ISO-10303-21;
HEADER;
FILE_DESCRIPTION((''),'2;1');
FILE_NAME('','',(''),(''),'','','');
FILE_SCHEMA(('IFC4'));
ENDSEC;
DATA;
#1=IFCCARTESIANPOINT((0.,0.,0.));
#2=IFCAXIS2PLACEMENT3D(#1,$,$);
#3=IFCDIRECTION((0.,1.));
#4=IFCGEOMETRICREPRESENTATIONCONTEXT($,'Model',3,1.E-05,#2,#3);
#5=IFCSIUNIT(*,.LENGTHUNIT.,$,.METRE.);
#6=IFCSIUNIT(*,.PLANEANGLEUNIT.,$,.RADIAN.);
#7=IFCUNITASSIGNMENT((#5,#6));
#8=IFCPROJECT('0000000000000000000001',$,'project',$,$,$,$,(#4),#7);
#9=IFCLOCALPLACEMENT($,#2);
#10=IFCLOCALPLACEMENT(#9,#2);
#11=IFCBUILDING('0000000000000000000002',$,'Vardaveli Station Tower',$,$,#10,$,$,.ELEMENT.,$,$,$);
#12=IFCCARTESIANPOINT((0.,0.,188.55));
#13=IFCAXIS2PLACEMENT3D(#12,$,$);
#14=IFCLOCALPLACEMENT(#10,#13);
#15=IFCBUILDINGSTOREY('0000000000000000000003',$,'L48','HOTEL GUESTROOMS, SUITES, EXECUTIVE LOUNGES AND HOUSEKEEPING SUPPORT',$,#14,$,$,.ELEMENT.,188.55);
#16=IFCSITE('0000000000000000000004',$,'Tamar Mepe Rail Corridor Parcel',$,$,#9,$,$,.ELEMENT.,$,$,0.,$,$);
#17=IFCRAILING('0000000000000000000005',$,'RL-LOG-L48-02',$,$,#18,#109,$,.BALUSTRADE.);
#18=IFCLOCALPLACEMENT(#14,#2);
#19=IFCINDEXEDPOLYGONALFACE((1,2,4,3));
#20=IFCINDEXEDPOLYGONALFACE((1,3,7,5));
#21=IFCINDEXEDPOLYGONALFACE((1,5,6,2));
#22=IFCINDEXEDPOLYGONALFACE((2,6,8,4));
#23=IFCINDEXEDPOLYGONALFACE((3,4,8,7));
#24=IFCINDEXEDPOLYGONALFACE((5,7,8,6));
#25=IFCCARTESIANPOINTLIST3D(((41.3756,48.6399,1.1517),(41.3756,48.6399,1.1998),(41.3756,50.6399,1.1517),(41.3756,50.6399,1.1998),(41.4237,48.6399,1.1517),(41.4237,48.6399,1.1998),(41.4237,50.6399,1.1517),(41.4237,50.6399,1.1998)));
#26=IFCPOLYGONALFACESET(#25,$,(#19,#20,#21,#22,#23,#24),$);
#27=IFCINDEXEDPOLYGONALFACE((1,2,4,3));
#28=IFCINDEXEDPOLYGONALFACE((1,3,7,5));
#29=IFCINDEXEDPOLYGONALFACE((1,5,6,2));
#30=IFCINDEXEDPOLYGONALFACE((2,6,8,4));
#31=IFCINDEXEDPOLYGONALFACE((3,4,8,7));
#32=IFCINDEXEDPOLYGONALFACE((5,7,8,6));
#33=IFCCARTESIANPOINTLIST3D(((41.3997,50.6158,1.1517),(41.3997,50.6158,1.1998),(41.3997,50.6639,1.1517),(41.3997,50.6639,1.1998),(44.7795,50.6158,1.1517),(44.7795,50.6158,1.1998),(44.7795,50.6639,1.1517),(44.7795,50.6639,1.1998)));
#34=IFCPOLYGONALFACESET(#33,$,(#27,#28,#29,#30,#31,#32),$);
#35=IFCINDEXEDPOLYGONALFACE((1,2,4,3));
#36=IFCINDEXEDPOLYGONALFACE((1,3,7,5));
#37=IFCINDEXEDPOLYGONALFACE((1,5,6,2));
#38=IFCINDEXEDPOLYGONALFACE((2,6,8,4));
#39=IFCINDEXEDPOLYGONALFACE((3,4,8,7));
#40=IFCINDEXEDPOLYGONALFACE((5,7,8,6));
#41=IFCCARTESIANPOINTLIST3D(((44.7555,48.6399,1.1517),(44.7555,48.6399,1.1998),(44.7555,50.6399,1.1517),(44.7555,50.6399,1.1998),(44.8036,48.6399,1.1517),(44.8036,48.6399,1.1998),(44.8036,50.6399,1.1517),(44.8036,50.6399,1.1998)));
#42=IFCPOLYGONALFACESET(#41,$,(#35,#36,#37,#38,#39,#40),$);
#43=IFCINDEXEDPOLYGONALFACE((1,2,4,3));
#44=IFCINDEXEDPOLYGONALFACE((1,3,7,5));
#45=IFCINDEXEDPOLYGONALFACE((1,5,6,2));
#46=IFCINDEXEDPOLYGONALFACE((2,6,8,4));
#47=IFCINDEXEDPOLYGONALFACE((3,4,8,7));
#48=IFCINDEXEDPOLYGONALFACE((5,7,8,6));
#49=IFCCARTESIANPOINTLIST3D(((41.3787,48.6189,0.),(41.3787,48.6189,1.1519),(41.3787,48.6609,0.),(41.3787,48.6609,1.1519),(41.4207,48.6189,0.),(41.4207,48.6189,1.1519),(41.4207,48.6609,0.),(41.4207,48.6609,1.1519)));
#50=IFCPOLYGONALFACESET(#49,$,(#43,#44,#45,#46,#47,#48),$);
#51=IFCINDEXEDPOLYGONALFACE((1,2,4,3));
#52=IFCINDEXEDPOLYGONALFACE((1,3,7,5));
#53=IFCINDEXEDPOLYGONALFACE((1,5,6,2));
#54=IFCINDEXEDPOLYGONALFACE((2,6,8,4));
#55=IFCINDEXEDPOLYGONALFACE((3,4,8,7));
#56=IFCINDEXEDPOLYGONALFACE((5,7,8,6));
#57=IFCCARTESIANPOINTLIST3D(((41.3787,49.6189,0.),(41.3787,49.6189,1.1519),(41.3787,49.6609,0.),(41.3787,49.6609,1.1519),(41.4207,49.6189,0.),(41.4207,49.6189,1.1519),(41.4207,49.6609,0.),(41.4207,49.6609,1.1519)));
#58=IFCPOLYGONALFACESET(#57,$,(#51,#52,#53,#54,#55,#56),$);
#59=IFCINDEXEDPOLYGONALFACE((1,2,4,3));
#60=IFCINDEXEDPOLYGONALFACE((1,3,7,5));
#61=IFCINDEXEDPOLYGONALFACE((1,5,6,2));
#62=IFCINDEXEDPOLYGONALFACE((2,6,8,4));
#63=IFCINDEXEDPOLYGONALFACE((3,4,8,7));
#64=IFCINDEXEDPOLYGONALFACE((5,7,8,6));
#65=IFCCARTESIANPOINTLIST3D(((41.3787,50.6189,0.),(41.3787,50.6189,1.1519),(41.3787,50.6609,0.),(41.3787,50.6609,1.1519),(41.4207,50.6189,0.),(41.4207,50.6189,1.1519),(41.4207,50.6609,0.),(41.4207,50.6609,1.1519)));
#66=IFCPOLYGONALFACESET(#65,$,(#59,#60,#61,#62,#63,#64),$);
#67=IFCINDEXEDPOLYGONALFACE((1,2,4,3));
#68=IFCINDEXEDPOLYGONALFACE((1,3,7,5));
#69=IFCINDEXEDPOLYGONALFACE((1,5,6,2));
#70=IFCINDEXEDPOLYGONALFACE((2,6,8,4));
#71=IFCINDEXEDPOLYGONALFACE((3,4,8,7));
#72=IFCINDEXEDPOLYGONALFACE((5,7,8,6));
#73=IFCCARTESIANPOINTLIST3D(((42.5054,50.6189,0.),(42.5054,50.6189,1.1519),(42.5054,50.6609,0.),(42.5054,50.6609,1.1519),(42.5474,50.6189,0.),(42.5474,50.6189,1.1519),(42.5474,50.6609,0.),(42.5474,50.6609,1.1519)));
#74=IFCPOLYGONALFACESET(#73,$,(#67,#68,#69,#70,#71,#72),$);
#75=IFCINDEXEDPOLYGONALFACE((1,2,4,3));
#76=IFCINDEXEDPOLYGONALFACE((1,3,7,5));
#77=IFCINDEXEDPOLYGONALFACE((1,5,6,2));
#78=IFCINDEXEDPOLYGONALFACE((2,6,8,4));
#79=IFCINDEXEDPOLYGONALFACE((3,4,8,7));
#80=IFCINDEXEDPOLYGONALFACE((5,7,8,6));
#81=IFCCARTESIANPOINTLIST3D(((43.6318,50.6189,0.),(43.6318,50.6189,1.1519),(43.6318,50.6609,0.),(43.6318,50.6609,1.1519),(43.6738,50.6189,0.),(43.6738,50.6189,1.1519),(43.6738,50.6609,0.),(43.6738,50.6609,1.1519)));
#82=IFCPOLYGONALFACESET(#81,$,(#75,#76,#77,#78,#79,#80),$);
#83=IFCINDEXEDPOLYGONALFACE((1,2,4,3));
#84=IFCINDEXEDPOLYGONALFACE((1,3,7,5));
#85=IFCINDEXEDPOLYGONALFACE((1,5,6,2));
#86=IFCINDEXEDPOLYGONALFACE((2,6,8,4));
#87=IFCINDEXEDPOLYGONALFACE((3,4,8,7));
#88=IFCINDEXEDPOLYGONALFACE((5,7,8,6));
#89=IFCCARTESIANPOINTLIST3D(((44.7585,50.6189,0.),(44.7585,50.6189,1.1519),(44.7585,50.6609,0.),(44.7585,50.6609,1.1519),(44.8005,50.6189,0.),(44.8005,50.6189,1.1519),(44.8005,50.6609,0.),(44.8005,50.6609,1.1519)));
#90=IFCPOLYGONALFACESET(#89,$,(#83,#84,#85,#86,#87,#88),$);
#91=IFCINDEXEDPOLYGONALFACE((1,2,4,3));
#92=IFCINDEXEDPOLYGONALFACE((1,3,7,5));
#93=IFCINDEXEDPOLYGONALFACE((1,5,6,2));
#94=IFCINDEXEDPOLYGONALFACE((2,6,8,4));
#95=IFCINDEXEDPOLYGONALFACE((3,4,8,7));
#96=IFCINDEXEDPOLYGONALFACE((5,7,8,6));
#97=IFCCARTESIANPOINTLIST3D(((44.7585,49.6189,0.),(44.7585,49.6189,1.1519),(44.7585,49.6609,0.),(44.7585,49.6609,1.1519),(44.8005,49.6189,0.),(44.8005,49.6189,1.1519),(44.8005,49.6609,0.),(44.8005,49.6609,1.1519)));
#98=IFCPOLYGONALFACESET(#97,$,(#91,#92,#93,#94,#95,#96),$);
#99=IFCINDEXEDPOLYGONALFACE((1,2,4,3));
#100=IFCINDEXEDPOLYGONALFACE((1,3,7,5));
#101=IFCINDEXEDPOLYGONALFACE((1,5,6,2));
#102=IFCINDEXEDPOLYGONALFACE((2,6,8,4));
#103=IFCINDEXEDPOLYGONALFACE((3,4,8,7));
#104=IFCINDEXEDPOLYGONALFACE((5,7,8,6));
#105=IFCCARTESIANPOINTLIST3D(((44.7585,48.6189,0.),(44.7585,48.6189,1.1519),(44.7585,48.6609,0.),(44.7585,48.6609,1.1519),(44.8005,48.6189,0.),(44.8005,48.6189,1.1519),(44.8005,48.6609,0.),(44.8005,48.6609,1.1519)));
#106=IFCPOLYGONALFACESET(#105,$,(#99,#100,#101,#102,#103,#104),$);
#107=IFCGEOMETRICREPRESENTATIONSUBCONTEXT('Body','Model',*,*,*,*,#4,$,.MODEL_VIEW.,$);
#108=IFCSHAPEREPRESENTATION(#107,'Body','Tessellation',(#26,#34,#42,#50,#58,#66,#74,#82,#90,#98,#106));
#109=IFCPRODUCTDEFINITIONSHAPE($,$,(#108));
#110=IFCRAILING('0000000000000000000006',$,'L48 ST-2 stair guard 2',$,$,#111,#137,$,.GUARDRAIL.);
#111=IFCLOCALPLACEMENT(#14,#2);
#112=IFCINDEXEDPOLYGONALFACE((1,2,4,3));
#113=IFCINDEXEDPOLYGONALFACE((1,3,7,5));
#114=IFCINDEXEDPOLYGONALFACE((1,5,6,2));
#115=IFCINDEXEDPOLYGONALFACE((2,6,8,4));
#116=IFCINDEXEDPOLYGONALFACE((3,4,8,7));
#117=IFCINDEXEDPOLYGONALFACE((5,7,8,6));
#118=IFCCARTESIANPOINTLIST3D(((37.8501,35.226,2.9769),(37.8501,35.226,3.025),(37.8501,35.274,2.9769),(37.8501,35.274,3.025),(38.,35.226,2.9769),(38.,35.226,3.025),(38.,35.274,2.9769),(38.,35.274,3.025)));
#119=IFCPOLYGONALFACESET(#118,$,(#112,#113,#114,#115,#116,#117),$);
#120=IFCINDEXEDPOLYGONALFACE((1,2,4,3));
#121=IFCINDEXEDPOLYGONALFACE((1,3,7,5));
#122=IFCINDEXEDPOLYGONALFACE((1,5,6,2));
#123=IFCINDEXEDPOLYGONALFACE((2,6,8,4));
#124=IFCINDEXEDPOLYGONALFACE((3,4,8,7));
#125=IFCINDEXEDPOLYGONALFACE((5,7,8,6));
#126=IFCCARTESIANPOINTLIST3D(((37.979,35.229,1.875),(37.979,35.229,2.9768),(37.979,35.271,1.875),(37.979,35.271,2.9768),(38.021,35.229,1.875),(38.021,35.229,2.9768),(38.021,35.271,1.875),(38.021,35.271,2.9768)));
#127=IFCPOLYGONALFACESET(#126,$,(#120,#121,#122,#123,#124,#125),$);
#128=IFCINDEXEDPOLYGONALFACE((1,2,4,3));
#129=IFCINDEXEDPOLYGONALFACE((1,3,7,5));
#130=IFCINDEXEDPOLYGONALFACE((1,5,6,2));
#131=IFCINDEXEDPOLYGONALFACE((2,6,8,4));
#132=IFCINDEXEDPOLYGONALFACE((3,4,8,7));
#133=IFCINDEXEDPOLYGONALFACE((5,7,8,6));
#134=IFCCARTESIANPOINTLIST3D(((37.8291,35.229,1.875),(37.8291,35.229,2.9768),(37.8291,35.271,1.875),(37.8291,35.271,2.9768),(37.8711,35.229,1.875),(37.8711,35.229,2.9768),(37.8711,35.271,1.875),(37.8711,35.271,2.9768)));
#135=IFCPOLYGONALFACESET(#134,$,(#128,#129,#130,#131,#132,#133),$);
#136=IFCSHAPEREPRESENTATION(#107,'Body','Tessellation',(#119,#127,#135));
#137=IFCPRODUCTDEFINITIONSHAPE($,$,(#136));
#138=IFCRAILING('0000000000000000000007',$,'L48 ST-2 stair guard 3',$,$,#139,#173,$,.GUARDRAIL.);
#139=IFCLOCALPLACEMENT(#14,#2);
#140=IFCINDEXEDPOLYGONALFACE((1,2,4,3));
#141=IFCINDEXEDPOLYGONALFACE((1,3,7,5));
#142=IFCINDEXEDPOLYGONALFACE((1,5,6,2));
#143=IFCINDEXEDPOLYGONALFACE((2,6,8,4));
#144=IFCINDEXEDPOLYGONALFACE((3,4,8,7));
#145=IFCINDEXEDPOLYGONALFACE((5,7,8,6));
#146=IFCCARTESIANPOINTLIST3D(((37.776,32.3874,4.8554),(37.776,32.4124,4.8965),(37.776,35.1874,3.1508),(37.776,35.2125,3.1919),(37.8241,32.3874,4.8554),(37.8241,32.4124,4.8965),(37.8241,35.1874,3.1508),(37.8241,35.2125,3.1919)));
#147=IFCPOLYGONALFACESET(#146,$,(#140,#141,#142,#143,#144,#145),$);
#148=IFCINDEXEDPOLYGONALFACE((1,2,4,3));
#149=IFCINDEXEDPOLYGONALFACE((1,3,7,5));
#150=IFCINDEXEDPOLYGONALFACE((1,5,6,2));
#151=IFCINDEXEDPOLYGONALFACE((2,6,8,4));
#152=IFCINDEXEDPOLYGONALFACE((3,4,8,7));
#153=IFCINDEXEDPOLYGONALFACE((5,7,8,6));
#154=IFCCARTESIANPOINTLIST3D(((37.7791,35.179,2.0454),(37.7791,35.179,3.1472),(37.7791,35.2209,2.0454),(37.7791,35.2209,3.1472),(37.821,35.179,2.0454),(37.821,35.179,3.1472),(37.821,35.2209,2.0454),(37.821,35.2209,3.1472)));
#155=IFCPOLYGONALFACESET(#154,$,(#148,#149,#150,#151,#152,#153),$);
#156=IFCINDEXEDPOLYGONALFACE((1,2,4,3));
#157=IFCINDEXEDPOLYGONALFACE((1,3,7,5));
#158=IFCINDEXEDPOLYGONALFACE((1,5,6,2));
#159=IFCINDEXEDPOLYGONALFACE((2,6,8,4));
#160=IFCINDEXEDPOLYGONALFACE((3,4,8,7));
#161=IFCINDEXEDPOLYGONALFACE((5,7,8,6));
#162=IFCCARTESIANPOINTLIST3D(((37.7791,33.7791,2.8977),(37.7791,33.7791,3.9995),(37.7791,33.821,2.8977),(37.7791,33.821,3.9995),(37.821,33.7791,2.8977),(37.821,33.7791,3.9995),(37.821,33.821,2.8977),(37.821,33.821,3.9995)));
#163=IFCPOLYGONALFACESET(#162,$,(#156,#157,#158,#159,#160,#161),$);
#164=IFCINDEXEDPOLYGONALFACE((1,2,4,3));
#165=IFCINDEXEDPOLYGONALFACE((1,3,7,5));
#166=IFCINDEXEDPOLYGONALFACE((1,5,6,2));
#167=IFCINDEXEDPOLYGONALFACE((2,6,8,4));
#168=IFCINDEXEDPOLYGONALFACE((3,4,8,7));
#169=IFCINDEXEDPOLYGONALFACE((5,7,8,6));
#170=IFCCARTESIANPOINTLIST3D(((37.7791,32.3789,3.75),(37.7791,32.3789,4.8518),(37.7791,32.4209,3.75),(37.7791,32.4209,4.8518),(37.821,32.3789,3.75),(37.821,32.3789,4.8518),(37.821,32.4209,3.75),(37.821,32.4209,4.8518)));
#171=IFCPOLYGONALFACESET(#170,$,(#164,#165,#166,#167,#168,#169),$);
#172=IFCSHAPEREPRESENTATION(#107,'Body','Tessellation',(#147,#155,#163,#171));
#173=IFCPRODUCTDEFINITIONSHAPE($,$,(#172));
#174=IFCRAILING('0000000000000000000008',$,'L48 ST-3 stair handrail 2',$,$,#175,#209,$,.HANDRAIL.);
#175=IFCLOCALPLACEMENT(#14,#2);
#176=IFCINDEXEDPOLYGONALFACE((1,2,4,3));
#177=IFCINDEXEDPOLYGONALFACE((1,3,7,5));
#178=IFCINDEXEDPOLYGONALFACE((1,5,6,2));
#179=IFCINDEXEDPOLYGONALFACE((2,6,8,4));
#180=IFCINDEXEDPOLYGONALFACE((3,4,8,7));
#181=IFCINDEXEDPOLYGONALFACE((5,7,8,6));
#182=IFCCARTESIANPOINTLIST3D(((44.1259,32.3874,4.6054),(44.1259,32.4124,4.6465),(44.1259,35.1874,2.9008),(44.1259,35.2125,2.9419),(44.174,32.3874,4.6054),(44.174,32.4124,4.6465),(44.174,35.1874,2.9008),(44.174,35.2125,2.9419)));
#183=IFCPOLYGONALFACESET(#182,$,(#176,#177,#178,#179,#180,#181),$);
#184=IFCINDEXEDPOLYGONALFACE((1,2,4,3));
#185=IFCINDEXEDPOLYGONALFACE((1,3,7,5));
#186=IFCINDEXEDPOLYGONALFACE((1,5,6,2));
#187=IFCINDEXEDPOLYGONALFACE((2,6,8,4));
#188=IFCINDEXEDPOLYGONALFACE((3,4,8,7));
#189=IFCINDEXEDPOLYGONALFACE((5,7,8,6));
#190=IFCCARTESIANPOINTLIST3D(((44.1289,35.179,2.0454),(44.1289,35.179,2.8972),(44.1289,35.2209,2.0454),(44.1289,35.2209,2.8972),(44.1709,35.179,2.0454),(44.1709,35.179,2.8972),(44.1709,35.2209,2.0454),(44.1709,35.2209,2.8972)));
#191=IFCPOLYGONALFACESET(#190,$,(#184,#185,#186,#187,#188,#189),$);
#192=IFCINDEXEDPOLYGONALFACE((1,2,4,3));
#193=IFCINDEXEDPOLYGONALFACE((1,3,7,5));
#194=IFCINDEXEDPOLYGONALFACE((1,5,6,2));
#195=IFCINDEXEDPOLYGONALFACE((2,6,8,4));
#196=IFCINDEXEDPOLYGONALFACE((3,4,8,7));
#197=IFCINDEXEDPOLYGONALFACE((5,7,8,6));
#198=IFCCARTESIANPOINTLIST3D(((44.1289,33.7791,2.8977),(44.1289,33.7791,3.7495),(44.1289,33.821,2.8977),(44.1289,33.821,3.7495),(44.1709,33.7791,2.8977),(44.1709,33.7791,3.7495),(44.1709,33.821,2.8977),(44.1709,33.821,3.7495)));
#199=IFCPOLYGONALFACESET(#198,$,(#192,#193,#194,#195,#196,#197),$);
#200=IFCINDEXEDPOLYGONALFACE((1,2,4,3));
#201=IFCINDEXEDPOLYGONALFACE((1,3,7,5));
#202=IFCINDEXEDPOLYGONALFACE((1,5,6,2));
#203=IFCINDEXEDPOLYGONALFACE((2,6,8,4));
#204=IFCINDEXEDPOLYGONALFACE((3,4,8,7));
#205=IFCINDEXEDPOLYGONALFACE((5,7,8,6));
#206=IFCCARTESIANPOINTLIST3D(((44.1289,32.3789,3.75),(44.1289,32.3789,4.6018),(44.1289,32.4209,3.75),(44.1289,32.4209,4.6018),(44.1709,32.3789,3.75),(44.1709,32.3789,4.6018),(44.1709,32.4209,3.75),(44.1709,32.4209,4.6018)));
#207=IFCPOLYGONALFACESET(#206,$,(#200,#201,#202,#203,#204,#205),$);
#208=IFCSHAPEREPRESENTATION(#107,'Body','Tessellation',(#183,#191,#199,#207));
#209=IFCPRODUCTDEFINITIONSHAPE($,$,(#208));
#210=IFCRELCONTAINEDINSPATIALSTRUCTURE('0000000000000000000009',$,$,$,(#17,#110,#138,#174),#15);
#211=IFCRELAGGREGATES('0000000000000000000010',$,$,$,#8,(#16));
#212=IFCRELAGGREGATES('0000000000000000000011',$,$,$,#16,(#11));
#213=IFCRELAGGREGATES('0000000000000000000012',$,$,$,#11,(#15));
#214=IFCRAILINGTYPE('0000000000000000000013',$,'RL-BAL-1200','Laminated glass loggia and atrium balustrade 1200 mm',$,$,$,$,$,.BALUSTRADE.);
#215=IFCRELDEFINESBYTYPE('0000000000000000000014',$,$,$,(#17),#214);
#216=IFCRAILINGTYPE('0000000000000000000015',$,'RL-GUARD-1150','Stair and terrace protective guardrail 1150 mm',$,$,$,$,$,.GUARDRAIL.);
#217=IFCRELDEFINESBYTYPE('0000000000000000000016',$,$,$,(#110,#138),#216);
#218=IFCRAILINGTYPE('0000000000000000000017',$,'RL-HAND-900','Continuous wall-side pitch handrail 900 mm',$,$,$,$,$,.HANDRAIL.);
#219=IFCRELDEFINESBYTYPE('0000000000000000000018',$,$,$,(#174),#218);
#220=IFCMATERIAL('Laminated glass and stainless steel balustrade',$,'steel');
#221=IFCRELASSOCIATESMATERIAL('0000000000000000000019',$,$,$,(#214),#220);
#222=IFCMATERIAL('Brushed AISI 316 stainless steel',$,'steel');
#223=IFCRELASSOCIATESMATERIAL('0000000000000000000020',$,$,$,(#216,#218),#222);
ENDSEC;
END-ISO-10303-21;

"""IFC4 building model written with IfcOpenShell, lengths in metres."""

from ifc_helpers import new_model, si_unit, direction, frame, origin, origin_2d, place, context, subcontext, project, spatial, rectangle, extrude, source, transform, mapped, material, type_object, element, save


model = new_model("IFC4")

# Units and contexts
model_context = context("Model", 3, precision=1e-05, world=origin(), true_north=direction((0.0, 1.0)))
body_context = subcontext(model_context, "Body", "Model", "MODEL_VIEW")
ifc_project = project(units=[si_unit("LENGTHUNIT", "METRE"), si_unit("PLANEANGLEUNIT", "RADIAN")], contexts=[model_context])

# Site, building, storey
site_placement = place(None, origin())
site = spatial("IfcSite", under=ifc_project, at=site_placement, Name="Tamar Mepe Rail Corridor Parcel", CompositionType="ELEMENT", RefElevation=0.0)
building_placement = place(site_placement, origin())
building = spatial("IfcBuilding", under=site, at=building_placement, Name="Vardaveli Station Tower", CompositionType="ELEMENT")
storey_placement = place(building_placement, frame((0.0, 0.0, 188.55)))
storey = spatial("IfcBuildingStorey", under=building, at=storey_placement, Name="L48", Description="HOTEL GUESTROOMS, SUITES, EXECUTIVE LOUNGES AND HOUSEKEEPING SUPPORT", CompositionType="ELEMENT", Elevation=188.55)

# Railings
ifc_material_1 = material(Name="Laminated glass and stainless steel balustrade", Category="steel")
railing_type_1 = type_object("IfcRailingType", Name="RL-BAL-1200", Description="Laminated glass loggia and atrium balustrade 1200 mm", PredefinedType="BALUSTRADE", material=ifc_material_1)
shared_shape_1 = source(origin(), body_context, "Body", "SweptSolid", [
    extrude(rectangle(XDim=0.0481, YDim=0.0481, at=origin_2d()), frame((0.0, 0.0, 1.1758), z_axis=(0.0, 1.0, 0.0), x_axis=(-1.0, 0.0, 0.0)), (0.0, 0.0, 1.0), 2.0),
    extrude(rectangle(XDim=0.0481, YDim=0.0481, at=origin_2d()), frame((0.0, 2.0, 1.1758), z_axis=(1.0, 0.0, 0.0), x_axis=(0.0, 1.0, 0.0)), (0.0, 0.0, 1.0), 3.3799),
    extrude(rectangle(XDim=0.0481, YDim=0.0481, at=origin_2d()), frame((3.3799, 2.0, 1.1758), z_axis=(0.0, -1.0, 0.0), x_axis=(1.0, 0.0, 0.0)), (0.0, 0.0, 1.0), 2.0),
    extrude(rectangle(XDim=0.042, YDim=0.042, at=origin_2d()), origin(), (0.0, 0.0, 1.0), 1.1519),
    extrude(rectangle(XDim=0.042, YDim=0.042, at=origin_2d()), frame((0.0, 1.0, 0.0)), (0.0, 0.0, 1.0), 1.1519),
    extrude(rectangle(XDim=0.042, YDim=0.042, at=origin_2d()), frame((0.0, 2.0, 0.0)), (0.0, 0.0, 1.0), 1.1519),
    extrude(rectangle(XDim=0.042, YDim=0.042, at=origin_2d()), frame((1.1267, 2.0, 0.0)), (0.0, 0.0, 1.0), 1.1519),
    extrude(rectangle(XDim=0.042, YDim=0.042, at=origin_2d()), frame((2.2532, 2.0, 0.0)), (0.0, 0.0, 1.0), 1.1519),
    extrude(rectangle(XDim=0.042, YDim=0.042, at=origin_2d()), frame((3.3799, 2.0, 0.0)), (0.0, 0.0, 1.0), 1.1519),
    extrude(rectangle(XDim=0.042, YDim=0.042, at=origin_2d()), frame((3.3799, 1.0, 0.0)), (0.0, 0.0, 1.0), 1.1519),
    extrude(rectangle(XDim=0.042, YDim=0.042, at=origin_2d()), frame((3.3799, 0.0, 0.0)), (0.0, 0.0, 1.0), 1.1519),
])
railing_1_placement = place(storey_placement, frame((41.3997, 48.6399, 0.0)))
element("IfcRailing", 1, at=railing_1_placement, inside=storey, type_object=railing_type_1, Name="RL-LOG-L48-02", PredefinedType="BALUSTRADE", context=body_context, shape_type="MappedRepresentation", body=[
    mapped(shared_shape_1, transform((0.0, 0.0, 0.0), scale=1.0)),
])
ifc_material_2 = material(Name="Brushed AISI 316 stainless steel", Category="steel")
railing_type_2 = type_object("IfcRailingType", Name="RL-GUARD-1150", Description="Stair and terrace protective guardrail 1150 mm", PredefinedType="GUARDRAIL", material=ifc_material_2)
shared_shape_2 = source(origin(), body_context, "Body", "SweptSolid", [
    extrude(rectangle(XDim=0.0481, YDim=0.0481, at=origin_2d()), frame((0.0, 0.0, 1.126), z_axis=(-1.0, 0.0, 0.0), x_axis=(0.0, -1.0, 0.0)), (0.0, 0.0, 1.0), 0.1499),
    extrude(rectangle(XDim=0.042, YDim=0.042, at=origin_2d()), origin(), (0.0, 0.0, 1.0), 1.1018),
    extrude(rectangle(XDim=0.042, YDim=0.042, at=origin_2d()), frame((-0.1499, 0.0, 0.0)), (0.0, 0.0, 1.0), 1.1018),
])
railing_2_placement = place(storey_placement, frame((38.0, 35.25, 1.875)))
element("IfcRailing", 2, at=railing_2_placement, inside=storey, type_object=railing_type_2, Name="L48 ST-2 stair guard 2", PredefinedType="GUARDRAIL", context=body_context, shape_type="MappedRepresentation", body=[
    mapped(shared_shape_2, transform((0.0, 0.0, 0.0), scale=1.0)),
])
shared_shape_3 = source(origin(), body_context, "Body", "SweptSolid", [
    extrude(rectangle(XDim=0.0481, YDim=0.0481, at=origin_2d()), frame((0.0, 0.0, 1.126), z_axis=(0.0, -0.85417, 0.519994), x_axis=(1.0, 0.0, 0.0)), (0.0, 0.0, 1.0), 3.2781),
    extrude(rectangle(XDim=0.042, YDim=0.042, at=origin_2d()), origin(), (0.0, 0.0, 1.0), 1.1018),
    extrude(rectangle(XDim=0.042, YDim=0.042, at=origin_2d()), frame((0.0, -1.3999, 0.8523)), (0.0, 0.0, 1.0), 1.1018),
    extrude(rectangle(XDim=0.042, YDim=0.042, at=origin_2d()), frame((0.0, -2.8, 1.7046)), (0.0, 0.0, 1.0), 1.1018),
])
railing_3_placement = place(storey_placement, frame((37.8, 35.2, 2.0454)))
element("IfcRailing", 3, at=railing_3_placement, inside=storey, type_object=railing_type_2, Name="L48 ST-2 stair guard 3", PredefinedType="GUARDRAIL", context=body_context, shape_type="MappedRepresentation", body=[
    mapped(shared_shape_3, transform((0.0, 0.0, 0.0), scale=1.0)),
])
railing_type_3 = type_object("IfcRailingType", Name="RL-HAND-900", Description="Continuous wall-side pitch handrail 900 mm", PredefinedType="HANDRAIL", material=ifc_material_2)
shared_shape_4 = source(origin(), body_context, "Body", "SweptSolid", [
    extrude(rectangle(XDim=0.0481, YDim=0.0481, at=origin_2d()), frame((0.0, 0.0, 0.876), z_axis=(0.0, -0.85417, 0.519994), x_axis=(1.0, 0.0, 0.0)), (0.0, 0.0, 1.0), 3.2781),
    extrude(rectangle(XDim=0.042, YDim=0.042, at=origin_2d()), origin(), (0.0, 0.0, 1.0), 0.8518),
    extrude(rectangle(XDim=0.042, YDim=0.042, at=origin_2d()), frame((0.0, -1.3999, 0.8523)), (0.0, 0.0, 1.0), 0.8518),
    extrude(rectangle(XDim=0.042, YDim=0.042, at=origin_2d()), frame((0.0, -2.8, 1.7046)), (0.0, 0.0, 1.0), 0.8518),
])
railing_4_placement = place(storey_placement, frame((44.1499, 35.2, 2.0454)))
element("IfcRailing", 4, at=railing_4_placement, inside=storey, type_object=railing_type_3, Name="L48 ST-3 stair handrail 2", PredefinedType="HANDRAIL", context=body_context, shape_type="MappedRepresentation", body=[
    mapped(shared_shape_4, transform((0.0, 0.0, 0.0), scale=1.0)),
])

save(model, "model.ifc")
